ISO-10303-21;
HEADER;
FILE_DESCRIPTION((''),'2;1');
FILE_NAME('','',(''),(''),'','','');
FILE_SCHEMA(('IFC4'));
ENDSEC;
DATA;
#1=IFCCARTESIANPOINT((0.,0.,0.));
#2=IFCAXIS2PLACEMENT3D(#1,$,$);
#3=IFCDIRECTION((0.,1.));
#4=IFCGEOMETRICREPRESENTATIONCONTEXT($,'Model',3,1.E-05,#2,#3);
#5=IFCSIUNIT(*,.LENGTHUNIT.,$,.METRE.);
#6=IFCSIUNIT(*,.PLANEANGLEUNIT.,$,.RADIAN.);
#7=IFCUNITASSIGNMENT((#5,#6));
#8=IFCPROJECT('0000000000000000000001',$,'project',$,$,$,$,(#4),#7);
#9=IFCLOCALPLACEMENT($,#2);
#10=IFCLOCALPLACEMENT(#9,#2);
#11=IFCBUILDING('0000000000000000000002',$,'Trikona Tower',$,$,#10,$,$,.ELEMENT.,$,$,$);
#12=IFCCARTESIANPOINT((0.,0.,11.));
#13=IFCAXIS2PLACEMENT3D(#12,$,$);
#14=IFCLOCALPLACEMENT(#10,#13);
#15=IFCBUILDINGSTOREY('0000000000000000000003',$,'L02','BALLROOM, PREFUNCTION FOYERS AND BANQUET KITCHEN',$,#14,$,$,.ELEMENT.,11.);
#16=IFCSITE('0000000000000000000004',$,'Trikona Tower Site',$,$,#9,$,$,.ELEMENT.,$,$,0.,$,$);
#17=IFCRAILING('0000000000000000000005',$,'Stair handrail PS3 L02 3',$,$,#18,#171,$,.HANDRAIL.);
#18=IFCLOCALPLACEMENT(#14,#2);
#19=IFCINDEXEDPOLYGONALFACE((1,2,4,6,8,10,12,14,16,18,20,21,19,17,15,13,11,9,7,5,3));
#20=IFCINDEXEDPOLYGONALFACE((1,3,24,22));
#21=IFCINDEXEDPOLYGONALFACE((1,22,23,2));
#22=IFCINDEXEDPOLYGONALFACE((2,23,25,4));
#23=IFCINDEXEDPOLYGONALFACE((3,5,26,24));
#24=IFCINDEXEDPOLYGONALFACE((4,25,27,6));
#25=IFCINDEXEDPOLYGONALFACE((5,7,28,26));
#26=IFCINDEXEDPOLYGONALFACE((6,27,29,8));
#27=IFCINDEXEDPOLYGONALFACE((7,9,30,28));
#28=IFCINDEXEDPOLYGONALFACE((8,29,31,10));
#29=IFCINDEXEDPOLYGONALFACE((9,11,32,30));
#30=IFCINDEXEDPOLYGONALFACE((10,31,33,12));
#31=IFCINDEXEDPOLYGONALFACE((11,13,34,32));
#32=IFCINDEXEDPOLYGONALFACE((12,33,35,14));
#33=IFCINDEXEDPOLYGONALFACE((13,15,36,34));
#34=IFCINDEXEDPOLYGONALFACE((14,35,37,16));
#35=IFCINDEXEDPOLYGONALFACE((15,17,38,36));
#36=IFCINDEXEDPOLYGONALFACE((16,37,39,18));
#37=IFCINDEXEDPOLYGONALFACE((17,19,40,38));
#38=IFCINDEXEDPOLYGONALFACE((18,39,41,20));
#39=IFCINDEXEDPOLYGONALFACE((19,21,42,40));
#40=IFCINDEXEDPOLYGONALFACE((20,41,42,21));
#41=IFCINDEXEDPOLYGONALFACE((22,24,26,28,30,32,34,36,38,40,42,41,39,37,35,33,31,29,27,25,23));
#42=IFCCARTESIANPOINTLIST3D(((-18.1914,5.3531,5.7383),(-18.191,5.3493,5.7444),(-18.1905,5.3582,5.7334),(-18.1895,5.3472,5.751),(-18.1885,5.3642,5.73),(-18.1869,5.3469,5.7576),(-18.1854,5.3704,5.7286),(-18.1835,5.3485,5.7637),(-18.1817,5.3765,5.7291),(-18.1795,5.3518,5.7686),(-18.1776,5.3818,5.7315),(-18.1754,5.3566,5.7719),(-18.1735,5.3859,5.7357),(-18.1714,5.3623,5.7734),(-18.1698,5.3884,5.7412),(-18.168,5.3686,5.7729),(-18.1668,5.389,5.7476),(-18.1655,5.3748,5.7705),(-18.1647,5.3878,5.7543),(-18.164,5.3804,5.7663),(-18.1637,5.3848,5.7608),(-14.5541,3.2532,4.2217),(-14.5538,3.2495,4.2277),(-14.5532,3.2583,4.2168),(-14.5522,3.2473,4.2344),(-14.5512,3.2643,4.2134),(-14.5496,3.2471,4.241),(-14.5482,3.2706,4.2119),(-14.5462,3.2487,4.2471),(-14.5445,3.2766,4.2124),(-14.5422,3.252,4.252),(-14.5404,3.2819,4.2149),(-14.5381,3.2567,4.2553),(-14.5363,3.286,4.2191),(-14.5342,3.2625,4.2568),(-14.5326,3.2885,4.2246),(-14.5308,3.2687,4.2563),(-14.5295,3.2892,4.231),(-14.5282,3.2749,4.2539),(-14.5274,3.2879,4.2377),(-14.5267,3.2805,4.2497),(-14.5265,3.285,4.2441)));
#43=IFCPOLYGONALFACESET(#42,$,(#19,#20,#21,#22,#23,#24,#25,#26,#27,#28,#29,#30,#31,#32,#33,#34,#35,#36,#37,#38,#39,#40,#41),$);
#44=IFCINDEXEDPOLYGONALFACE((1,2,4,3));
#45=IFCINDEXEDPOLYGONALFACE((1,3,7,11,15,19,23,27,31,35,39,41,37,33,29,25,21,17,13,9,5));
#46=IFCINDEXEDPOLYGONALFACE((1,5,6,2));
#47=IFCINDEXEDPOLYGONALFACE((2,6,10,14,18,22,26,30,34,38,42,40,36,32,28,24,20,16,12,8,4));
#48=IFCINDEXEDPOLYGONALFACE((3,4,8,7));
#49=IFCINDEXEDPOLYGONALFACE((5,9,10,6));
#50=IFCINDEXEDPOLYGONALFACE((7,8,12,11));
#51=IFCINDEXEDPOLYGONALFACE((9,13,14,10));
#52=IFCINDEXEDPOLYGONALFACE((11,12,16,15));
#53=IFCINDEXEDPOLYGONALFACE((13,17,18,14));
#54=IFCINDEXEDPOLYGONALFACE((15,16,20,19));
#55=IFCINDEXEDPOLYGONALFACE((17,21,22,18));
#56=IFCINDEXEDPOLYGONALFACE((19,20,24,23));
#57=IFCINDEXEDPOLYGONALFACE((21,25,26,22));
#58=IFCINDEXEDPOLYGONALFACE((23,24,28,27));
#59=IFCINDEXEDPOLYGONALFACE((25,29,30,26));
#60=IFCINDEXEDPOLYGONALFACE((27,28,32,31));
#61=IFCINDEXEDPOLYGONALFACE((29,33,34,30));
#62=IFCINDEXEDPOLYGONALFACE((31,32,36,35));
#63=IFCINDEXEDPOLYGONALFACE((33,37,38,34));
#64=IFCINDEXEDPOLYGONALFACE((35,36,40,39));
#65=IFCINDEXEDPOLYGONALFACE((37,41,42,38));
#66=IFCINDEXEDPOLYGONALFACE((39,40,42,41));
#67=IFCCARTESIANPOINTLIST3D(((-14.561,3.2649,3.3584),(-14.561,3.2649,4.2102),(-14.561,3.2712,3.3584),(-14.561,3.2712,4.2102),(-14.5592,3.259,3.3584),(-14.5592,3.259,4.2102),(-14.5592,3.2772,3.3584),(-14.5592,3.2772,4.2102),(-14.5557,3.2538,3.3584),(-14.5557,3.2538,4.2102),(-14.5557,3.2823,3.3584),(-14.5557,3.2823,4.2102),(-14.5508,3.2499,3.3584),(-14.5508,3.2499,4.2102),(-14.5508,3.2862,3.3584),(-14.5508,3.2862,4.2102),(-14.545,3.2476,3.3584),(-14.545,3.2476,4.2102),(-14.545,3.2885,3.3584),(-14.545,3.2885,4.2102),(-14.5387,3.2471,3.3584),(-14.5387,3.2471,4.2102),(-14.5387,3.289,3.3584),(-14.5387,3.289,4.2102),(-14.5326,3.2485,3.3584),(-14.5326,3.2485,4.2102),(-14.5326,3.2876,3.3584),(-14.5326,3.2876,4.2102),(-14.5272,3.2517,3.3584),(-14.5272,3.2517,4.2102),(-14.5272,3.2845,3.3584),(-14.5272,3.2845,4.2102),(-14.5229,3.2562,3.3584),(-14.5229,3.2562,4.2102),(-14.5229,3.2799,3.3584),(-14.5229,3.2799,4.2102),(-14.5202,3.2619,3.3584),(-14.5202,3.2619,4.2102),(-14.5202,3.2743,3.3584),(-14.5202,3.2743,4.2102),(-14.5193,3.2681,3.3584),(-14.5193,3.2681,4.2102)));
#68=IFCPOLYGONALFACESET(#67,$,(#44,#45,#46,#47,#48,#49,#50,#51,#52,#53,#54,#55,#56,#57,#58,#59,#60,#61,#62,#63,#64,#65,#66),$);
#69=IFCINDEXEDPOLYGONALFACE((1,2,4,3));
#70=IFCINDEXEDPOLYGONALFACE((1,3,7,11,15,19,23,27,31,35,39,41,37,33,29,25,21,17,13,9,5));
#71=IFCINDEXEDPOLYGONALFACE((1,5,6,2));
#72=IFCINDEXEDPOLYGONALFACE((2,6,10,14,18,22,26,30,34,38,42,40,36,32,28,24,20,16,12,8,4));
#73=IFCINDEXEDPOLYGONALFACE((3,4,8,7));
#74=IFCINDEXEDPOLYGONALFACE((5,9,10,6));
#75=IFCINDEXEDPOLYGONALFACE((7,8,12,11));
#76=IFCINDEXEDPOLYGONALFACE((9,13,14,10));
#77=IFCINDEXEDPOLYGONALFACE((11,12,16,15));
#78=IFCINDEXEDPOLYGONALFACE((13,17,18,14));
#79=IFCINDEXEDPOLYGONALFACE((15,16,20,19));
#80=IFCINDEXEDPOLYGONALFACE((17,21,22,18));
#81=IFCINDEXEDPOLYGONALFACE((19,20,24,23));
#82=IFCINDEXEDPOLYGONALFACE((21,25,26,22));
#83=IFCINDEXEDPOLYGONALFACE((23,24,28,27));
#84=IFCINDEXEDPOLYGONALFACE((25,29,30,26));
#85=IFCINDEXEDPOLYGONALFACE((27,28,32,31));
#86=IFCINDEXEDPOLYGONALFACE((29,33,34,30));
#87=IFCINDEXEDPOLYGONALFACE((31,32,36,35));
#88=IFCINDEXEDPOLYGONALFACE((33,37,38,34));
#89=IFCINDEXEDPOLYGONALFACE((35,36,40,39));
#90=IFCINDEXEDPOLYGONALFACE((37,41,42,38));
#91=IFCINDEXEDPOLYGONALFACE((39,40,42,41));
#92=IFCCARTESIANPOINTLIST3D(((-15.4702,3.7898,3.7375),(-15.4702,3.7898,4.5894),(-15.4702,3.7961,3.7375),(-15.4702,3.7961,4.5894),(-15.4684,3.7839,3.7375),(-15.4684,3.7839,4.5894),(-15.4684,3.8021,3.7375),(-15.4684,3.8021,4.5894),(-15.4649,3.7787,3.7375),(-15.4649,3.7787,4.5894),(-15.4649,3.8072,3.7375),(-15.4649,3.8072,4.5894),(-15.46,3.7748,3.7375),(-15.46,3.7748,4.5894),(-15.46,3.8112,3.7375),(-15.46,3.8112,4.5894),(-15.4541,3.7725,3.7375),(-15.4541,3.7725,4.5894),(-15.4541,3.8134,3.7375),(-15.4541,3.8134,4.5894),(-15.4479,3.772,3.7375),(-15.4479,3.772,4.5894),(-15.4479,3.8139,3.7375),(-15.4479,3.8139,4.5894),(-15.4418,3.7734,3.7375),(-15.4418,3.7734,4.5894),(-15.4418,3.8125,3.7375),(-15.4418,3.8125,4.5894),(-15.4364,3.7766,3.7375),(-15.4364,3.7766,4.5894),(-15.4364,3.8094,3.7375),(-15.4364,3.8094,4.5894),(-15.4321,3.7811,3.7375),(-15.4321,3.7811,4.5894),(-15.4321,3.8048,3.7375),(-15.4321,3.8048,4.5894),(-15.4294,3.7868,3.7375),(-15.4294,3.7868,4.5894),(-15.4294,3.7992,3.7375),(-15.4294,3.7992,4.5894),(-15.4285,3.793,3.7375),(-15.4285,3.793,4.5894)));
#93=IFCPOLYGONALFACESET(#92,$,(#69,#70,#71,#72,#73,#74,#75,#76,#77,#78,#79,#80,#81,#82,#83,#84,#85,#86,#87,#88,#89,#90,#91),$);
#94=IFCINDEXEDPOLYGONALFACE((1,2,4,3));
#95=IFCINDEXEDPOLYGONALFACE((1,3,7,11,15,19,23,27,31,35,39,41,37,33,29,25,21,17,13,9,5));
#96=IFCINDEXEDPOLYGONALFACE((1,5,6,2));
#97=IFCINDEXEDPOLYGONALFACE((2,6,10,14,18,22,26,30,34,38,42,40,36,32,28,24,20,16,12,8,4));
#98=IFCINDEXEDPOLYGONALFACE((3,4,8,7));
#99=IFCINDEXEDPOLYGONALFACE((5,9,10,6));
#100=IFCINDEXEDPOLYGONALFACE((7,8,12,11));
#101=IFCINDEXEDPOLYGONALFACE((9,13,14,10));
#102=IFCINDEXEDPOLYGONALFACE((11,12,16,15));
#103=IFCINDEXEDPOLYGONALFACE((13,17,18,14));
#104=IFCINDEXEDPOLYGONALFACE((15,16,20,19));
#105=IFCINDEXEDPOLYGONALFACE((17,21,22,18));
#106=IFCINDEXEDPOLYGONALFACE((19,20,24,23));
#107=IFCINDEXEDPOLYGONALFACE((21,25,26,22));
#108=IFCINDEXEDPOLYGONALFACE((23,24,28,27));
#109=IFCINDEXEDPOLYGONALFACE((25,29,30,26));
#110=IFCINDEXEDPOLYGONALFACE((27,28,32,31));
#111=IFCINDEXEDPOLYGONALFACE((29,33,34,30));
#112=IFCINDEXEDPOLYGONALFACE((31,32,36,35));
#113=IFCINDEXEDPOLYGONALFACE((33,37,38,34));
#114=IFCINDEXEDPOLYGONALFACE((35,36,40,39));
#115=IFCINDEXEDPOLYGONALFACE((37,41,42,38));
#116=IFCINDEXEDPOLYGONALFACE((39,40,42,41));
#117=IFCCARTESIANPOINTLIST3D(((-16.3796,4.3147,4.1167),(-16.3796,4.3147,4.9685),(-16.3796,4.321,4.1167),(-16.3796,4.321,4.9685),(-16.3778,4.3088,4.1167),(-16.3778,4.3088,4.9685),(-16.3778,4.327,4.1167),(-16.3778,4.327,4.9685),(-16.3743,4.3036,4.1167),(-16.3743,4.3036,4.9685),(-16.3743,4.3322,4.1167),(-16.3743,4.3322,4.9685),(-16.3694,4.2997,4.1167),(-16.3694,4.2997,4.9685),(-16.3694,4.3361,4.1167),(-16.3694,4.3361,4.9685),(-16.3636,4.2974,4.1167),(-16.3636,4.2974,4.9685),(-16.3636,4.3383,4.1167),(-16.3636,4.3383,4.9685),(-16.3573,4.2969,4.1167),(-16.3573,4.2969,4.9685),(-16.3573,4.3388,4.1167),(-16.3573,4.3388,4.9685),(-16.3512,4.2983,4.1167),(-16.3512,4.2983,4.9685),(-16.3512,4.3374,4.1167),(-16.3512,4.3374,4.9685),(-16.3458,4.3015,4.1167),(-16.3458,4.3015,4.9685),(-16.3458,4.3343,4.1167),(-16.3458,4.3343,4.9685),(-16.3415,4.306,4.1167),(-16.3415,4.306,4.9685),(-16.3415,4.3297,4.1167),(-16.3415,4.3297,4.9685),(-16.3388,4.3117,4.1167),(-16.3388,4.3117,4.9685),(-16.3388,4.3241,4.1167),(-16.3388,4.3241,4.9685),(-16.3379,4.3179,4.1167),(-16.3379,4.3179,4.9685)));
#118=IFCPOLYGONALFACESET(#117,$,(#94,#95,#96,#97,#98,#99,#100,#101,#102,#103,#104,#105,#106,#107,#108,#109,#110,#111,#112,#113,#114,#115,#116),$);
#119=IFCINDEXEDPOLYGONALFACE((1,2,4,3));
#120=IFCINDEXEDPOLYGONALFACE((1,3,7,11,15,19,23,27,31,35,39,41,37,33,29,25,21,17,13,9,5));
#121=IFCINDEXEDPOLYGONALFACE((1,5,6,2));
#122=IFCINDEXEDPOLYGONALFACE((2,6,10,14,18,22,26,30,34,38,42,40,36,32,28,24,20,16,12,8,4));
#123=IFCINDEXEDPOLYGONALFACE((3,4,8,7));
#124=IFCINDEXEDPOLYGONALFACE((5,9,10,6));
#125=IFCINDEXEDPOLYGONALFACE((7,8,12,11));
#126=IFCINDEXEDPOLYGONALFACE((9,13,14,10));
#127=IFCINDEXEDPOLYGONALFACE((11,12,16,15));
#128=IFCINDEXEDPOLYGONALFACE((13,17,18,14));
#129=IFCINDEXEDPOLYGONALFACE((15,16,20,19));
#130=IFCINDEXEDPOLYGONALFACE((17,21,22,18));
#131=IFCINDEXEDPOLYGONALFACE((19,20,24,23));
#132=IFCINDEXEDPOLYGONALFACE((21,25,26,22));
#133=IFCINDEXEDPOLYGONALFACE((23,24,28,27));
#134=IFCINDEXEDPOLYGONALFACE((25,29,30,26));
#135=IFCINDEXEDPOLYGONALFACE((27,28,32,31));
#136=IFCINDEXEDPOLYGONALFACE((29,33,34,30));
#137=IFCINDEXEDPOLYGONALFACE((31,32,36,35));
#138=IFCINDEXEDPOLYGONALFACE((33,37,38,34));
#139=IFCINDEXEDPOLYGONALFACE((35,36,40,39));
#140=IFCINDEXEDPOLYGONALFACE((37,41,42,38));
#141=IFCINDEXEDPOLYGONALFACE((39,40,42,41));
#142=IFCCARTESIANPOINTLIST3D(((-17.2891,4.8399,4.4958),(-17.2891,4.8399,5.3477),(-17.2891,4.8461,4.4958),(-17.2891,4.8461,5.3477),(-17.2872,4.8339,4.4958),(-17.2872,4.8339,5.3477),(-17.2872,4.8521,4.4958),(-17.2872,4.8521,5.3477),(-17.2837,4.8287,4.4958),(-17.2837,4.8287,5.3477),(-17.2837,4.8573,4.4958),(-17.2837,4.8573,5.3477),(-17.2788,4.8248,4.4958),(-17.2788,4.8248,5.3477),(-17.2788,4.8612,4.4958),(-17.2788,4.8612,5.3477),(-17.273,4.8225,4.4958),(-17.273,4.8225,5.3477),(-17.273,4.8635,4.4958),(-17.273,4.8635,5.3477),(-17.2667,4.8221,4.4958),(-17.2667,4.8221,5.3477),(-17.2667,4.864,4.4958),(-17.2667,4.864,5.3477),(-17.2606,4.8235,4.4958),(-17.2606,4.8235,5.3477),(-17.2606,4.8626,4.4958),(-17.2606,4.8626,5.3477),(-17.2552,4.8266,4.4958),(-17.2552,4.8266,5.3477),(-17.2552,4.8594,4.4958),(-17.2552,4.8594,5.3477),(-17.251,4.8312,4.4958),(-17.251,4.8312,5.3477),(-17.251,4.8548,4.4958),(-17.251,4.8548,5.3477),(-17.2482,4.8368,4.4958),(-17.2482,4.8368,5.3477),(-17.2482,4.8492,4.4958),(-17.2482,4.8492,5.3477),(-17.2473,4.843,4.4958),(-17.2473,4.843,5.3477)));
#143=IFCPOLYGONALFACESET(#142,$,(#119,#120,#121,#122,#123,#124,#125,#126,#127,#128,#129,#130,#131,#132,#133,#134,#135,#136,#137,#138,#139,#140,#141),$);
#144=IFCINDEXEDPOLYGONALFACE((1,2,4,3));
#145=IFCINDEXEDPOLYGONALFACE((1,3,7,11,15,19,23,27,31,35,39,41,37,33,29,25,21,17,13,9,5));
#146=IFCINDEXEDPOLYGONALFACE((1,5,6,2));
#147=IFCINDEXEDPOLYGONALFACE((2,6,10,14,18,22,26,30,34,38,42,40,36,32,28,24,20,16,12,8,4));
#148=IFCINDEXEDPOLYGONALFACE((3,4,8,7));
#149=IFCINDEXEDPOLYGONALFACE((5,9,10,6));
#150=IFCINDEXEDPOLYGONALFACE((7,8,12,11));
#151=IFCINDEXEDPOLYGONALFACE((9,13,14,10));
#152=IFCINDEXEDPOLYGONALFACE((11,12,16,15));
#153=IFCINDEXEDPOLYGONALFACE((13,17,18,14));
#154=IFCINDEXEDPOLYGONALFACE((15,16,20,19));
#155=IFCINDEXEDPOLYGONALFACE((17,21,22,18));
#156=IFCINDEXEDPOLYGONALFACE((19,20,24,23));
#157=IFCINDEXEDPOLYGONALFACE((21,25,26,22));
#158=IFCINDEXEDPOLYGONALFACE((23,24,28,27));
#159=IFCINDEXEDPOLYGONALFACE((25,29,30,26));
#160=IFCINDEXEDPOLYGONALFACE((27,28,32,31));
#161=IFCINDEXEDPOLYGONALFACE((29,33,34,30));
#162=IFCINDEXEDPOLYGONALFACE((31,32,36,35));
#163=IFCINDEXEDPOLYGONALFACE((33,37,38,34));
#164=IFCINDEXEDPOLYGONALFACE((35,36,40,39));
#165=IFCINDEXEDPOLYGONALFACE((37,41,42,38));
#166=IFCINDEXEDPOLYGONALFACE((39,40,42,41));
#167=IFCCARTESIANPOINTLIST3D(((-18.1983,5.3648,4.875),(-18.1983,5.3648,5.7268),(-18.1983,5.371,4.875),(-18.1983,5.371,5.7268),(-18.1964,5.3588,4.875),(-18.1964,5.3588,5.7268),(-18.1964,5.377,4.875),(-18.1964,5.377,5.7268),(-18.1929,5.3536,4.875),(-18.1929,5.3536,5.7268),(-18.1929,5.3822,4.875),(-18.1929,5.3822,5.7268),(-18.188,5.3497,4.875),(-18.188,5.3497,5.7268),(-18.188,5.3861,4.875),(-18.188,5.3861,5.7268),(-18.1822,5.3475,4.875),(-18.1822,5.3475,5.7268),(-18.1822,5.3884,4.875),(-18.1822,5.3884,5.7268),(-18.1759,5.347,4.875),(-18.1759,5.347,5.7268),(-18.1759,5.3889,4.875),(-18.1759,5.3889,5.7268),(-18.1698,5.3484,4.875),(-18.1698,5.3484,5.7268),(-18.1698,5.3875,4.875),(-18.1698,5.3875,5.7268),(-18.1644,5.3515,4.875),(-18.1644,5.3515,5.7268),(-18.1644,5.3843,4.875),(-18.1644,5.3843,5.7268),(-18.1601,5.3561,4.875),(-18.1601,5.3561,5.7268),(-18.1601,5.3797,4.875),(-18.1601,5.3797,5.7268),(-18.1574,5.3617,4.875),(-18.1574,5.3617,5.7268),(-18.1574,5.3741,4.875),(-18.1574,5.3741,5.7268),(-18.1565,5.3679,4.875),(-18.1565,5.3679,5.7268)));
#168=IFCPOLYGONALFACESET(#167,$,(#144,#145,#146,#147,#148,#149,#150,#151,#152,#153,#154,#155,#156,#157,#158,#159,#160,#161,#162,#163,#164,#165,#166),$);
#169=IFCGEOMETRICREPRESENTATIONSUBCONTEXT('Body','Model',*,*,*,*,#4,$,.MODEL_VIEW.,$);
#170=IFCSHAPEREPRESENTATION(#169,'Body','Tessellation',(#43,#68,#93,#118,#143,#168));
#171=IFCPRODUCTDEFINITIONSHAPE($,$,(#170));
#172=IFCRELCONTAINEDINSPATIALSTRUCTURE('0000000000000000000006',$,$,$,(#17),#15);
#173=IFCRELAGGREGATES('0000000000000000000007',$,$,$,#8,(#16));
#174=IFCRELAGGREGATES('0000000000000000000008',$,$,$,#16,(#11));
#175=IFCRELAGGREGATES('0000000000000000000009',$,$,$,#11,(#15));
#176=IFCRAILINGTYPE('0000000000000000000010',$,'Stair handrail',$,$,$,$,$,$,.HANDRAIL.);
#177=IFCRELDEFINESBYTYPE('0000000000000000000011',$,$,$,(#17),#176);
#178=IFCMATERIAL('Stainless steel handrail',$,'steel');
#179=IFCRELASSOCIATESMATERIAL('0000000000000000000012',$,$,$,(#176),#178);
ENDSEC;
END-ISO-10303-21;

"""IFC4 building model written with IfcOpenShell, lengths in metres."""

from ifc_helpers import new_model, si_unit, direction, frame, origin, origin_2d, place, context, subcontext, project, spatial, circle, extrude, material, type_object, element, save


model = new_model("IFC4")

# Units and contexts
model_context = context("Model", 3, precision=1e-05, world=origin(), true_north=direction((0.0, 1.0)))
body_context = subcontext(model_context, "Body", "Model", "MODEL_VIEW")
ifc_project = project(units=[si_unit("LENGTHUNIT", "METRE"), si_unit("PLANEANGLEUNIT", "RADIAN")], contexts=[model_context])

# Site, building, storey
site_placement = place(None, origin())
site = spatial("IfcSite", under=ifc_project, at=site_placement, Name="Trikona Tower Site", CompositionType="ELEMENT", RefElevation=0.0)
building_placement = place(site_placement, origin())
building = spatial("IfcBuilding", under=site, at=building_placement, Name="Trikona Tower", CompositionType="ELEMENT")
storey_placement = place(building_placement, frame((0.0, 0.0, 11.0)))
storey = spatial("IfcBuildingStorey", under=building, at=storey_placement, Name="L02", Description="BALLROOM, PREFUNCTION FOYERS AND BANQUET KITCHEN", CompositionType="ELEMENT", Elevation=11.0)

# Railing
ifc_material_1 = material(Name="Stainless steel handrail", Category="steel")
railing_type_1 = type_object("IfcRailingType", Name="Stair handrail", PredefinedType="HANDRAIL", material=ifc_material_1)
railing_1_placement = place(storey_placement, frame((-14.5403, 3.2681, 3.3584)))
element("IfcRailing", 1, at=railing_1_placement, inside=storey, type_object=railing_type_1, Name="Stair handrail PS3 L02 3", PredefinedType="HANDRAIL", context=body_context, shape_type="SweptSolid", body=[
    extrude(circle(Radius=0.0239, at=origin_2d()), frame((0.0, 0.0, 0.876), z_axis=(-0.814553, 0.470262, 0.339643), x_axis=(-0.499984, -0.866035, 0.0)), (0.0, 0.0, 1.0), 4.4653),
    extrude(circle(Radius=0.021, at=origin_2d()), origin(), (0.0, 0.0, 1.0), 0.8518),
    extrude(circle(Radius=0.021, at=origin_2d()), frame((-0.9092, 0.5249, 0.3792)), (0.0, 0.0, 1.0), 0.8518),
    extrude(circle(Radius=0.021, at=origin_2d()), frame((-1.8186, 1.0498, 0.7583)), (0.0, 0.0, 1.0), 0.8518),
    extrude(circle(Radius=0.021, at=origin_2d()), frame((-2.728, 1.575, 1.1375)), (0.0, 0.0, 1.0), 0.8518),
    extrude(circle(Radius=0.021, at=origin_2d()), frame((-3.6372, 2.0999, 1.5166)), (0.0, 0.0, 1.0), 0.8518),
])

save(model, "model.ifc")
